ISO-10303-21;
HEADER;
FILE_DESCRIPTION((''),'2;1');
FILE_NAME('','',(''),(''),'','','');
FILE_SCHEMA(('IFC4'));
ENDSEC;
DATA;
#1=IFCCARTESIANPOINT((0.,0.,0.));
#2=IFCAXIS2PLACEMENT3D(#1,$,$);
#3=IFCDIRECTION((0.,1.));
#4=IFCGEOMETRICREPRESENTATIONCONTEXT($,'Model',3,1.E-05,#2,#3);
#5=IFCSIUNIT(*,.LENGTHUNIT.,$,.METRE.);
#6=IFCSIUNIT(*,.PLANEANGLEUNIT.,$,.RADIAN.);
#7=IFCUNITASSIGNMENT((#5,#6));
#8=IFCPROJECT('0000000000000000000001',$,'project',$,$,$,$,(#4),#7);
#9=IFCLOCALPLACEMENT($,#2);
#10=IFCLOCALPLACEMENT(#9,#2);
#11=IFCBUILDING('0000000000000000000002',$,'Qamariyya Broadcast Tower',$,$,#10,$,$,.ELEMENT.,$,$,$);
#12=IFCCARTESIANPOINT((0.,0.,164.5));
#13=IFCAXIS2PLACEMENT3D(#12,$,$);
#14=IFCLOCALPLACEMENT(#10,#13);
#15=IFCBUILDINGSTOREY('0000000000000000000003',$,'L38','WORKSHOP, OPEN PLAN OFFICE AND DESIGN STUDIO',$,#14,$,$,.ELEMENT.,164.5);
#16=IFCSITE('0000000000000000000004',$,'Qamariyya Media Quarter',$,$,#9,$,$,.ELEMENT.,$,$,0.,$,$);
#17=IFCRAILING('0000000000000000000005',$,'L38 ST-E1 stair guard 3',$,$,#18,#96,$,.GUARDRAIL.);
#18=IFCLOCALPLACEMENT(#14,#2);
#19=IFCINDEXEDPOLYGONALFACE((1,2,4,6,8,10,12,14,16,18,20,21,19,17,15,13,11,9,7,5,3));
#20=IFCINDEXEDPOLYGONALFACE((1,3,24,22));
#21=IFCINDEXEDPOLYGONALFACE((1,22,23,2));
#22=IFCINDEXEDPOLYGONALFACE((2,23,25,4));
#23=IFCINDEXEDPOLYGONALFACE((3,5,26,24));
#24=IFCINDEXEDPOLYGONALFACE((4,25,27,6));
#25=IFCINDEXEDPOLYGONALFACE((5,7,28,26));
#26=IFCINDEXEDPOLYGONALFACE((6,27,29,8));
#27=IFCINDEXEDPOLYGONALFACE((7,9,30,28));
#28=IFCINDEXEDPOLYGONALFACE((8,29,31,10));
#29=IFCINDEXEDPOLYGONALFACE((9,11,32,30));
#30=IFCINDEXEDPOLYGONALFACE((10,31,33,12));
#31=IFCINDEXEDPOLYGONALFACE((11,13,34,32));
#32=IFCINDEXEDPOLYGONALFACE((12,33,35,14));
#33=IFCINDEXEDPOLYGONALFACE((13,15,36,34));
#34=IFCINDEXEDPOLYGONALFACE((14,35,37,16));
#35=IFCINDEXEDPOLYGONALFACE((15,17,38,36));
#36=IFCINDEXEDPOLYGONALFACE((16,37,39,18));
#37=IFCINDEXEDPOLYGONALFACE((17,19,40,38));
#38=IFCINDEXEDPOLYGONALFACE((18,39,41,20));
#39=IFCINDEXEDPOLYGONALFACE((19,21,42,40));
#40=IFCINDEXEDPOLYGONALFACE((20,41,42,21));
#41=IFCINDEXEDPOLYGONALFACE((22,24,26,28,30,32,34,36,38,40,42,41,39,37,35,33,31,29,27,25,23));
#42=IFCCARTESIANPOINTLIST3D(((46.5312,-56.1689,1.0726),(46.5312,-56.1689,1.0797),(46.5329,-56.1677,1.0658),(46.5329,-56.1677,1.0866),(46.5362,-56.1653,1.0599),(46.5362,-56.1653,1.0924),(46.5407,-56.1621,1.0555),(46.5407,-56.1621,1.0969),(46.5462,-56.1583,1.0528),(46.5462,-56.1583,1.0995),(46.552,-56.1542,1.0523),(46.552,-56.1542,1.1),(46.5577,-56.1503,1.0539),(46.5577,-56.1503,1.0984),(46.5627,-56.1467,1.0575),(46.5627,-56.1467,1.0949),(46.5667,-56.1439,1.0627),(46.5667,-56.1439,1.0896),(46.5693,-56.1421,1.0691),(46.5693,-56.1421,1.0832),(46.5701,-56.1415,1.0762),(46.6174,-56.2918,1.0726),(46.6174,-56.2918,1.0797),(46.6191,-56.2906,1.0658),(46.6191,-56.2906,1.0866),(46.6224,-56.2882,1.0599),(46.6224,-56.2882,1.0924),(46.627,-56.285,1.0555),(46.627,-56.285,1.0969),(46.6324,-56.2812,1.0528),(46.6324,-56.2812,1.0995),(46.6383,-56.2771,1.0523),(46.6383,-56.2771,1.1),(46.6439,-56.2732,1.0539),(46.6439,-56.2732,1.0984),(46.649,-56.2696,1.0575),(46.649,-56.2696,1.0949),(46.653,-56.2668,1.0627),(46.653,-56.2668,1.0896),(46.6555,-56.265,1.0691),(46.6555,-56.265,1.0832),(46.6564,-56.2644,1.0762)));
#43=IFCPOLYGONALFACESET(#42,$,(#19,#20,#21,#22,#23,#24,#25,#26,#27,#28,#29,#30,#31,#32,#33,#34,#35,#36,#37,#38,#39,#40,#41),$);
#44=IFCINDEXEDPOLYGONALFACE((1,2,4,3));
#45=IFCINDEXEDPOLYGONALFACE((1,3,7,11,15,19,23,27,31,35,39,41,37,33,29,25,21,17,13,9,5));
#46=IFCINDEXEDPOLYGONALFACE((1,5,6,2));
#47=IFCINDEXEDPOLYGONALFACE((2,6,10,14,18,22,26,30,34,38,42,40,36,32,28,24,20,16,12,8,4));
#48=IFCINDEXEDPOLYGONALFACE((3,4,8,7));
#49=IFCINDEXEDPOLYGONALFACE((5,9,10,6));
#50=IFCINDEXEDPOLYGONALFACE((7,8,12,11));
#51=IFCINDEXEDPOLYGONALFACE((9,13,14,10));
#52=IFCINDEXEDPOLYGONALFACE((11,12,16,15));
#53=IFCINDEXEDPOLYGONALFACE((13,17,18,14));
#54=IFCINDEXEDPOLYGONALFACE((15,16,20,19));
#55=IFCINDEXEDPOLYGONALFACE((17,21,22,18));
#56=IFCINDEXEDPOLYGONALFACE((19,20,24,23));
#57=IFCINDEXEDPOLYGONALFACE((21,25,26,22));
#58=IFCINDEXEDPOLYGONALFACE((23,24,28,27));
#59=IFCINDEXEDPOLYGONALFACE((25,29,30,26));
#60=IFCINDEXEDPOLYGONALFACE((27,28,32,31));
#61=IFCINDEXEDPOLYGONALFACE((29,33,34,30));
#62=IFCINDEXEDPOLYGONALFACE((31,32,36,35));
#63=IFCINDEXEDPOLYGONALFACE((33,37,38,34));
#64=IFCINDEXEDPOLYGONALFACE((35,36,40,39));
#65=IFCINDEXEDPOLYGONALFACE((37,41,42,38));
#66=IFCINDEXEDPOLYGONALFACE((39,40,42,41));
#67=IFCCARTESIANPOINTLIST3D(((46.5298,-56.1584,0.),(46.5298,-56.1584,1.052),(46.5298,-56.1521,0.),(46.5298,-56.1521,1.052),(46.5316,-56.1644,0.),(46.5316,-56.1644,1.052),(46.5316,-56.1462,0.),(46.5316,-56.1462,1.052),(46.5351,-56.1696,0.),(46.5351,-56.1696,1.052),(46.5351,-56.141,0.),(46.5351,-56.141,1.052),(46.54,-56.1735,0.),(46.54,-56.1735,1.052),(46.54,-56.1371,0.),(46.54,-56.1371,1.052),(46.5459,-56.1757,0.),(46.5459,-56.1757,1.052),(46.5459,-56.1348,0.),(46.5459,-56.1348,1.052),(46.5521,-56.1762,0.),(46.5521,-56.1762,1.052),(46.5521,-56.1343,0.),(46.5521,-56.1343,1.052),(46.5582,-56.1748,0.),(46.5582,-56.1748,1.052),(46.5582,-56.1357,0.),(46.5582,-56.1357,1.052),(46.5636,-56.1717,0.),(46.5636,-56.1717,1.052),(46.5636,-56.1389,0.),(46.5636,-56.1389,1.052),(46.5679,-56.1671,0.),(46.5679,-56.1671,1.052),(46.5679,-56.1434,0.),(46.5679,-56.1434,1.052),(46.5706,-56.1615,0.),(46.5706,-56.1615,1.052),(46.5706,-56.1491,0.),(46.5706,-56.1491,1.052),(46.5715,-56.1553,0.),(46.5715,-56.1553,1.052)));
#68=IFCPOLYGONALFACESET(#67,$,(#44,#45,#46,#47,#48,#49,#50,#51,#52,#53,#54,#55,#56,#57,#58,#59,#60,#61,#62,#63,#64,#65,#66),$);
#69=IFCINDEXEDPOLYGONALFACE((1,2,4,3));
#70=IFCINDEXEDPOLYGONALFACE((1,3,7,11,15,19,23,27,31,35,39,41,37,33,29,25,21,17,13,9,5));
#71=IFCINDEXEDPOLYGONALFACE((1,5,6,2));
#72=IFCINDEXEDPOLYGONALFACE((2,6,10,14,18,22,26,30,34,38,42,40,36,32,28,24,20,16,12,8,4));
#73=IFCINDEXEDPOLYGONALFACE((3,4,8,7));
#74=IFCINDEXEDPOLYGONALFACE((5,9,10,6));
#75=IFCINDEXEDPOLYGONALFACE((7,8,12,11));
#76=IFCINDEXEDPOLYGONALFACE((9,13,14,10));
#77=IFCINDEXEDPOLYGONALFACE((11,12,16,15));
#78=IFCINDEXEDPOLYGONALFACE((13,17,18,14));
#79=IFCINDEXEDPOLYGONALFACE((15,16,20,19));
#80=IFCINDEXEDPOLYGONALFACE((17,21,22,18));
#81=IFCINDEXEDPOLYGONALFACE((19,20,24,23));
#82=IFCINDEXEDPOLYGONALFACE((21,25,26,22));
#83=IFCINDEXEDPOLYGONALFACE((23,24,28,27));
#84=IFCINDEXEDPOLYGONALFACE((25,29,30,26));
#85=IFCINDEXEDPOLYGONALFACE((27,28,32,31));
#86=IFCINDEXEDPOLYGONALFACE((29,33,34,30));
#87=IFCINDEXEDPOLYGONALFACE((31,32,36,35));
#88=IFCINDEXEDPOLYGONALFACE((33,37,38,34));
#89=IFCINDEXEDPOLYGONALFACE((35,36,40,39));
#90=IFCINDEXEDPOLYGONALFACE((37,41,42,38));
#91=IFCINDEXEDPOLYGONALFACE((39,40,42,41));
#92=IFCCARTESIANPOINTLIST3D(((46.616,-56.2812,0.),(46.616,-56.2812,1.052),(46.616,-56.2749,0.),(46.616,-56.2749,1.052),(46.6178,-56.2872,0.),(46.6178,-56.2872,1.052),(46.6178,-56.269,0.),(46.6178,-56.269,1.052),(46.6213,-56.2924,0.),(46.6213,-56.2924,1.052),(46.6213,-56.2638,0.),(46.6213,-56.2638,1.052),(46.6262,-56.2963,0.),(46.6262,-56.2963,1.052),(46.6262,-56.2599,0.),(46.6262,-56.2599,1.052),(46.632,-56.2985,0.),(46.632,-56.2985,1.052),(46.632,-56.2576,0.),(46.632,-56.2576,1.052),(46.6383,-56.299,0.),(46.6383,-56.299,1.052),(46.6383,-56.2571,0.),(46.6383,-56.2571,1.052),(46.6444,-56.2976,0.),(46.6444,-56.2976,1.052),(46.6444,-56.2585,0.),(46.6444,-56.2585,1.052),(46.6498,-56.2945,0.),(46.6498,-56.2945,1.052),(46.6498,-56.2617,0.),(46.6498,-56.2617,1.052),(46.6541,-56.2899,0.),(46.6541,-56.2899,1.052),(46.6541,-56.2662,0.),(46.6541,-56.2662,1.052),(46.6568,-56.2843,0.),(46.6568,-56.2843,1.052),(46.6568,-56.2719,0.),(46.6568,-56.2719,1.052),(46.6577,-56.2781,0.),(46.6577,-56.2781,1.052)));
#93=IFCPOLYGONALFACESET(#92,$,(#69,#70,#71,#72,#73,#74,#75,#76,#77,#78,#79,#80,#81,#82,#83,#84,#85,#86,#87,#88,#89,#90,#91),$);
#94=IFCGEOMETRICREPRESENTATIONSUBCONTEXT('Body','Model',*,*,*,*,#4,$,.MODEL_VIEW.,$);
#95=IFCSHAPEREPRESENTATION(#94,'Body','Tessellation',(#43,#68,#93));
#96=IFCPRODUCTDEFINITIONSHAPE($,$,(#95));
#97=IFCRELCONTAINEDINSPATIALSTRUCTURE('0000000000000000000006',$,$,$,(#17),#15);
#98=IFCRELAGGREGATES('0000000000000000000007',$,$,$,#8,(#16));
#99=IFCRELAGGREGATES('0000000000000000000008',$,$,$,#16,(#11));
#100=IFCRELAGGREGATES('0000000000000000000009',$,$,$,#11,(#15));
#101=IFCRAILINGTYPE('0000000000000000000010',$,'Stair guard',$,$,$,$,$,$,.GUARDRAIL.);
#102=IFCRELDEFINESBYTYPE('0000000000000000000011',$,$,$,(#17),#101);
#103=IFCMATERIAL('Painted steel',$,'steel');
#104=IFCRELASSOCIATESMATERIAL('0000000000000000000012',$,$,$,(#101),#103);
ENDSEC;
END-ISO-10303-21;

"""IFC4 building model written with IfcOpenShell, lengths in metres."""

from ifc_helpers import new_model, si_unit, direction, frame, origin, origin_2d, place, context, subcontext, project, spatial, circle, extrude, material, type_object, element, save


model = new_model("IFC4")

# Units and contexts
model_context = context("Model", 3, precision=1e-05, world=origin(), true_north=direction((0.0, 1.0)))
body_context = subcontext(model_context, "Body", "Model", "MODEL_VIEW")
ifc_project = project(units=[si_unit("LENGTHUNIT", "METRE"), si_unit("PLANEANGLEUNIT", "RADIAN")], contexts=[model_context])

# Site, building, storey
site_placement = place(None, origin())
site = spatial("IfcSite", under=ifc_project, at=site_placement, Name="Qamariyya Media Quarter", CompositionType="ELEMENT", RefElevation=0.0)
building_placement = place(site_placement, origin())
building = spatial("IfcBuilding", under=site, at=building_placement, Name="Qamariyya Broadcast Tower", CompositionType="ELEMENT")
storey_placement = place(building_placement, frame((0.0, 0.0, 164.5)))
storey = spatial("IfcBuildingStorey", under=building, at=storey_placement, Name="L38", Description="WORKSHOP, OPEN PLAN OFFICE AND DESIGN STUDIO", CompositionType="ELEMENT", Elevation=164.5)

# Railing
ifc_material_1 = material(Name="Painted steel", Category="steel")
railing_type_1 = type_object("IfcRailingType", Name="Stair guard", PredefinedType="GUARDRAIL", material=ifc_material_1)
railing_1_placement = place(storey_placement, frame((46.5505, -56.1553, 0.0)))
element("IfcRailing", 1, at=railing_1_placement, inside=storey, type_object=railing_type_1, Name="L38 ST-E1 stair guard 3", PredefinedType="GUARDRAIL", context=body_context, shape_type="SweptSolid", body=[
    extrude(circle(Radius=0.0239, at=origin_2d()), frame((0.0, 0.0, 1.0762), z_axis=(0.574445, -0.818543, 0.0), x_axis=(0.818543, 0.574445, 0.0)), (0.0, 0.0, 1.0), 0.1501),
    extrude(circle(Radius=0.021, at=origin_2d()), origin(), (0.0, 0.0, 1.0), 1.052),
    extrude(circle(Radius=0.021, at=origin_2d()), frame((0.0862, -0.1228, 0.0)), (0.0, 0.0, 1.0), 1.052),
])

save(model, "model.ifc")
